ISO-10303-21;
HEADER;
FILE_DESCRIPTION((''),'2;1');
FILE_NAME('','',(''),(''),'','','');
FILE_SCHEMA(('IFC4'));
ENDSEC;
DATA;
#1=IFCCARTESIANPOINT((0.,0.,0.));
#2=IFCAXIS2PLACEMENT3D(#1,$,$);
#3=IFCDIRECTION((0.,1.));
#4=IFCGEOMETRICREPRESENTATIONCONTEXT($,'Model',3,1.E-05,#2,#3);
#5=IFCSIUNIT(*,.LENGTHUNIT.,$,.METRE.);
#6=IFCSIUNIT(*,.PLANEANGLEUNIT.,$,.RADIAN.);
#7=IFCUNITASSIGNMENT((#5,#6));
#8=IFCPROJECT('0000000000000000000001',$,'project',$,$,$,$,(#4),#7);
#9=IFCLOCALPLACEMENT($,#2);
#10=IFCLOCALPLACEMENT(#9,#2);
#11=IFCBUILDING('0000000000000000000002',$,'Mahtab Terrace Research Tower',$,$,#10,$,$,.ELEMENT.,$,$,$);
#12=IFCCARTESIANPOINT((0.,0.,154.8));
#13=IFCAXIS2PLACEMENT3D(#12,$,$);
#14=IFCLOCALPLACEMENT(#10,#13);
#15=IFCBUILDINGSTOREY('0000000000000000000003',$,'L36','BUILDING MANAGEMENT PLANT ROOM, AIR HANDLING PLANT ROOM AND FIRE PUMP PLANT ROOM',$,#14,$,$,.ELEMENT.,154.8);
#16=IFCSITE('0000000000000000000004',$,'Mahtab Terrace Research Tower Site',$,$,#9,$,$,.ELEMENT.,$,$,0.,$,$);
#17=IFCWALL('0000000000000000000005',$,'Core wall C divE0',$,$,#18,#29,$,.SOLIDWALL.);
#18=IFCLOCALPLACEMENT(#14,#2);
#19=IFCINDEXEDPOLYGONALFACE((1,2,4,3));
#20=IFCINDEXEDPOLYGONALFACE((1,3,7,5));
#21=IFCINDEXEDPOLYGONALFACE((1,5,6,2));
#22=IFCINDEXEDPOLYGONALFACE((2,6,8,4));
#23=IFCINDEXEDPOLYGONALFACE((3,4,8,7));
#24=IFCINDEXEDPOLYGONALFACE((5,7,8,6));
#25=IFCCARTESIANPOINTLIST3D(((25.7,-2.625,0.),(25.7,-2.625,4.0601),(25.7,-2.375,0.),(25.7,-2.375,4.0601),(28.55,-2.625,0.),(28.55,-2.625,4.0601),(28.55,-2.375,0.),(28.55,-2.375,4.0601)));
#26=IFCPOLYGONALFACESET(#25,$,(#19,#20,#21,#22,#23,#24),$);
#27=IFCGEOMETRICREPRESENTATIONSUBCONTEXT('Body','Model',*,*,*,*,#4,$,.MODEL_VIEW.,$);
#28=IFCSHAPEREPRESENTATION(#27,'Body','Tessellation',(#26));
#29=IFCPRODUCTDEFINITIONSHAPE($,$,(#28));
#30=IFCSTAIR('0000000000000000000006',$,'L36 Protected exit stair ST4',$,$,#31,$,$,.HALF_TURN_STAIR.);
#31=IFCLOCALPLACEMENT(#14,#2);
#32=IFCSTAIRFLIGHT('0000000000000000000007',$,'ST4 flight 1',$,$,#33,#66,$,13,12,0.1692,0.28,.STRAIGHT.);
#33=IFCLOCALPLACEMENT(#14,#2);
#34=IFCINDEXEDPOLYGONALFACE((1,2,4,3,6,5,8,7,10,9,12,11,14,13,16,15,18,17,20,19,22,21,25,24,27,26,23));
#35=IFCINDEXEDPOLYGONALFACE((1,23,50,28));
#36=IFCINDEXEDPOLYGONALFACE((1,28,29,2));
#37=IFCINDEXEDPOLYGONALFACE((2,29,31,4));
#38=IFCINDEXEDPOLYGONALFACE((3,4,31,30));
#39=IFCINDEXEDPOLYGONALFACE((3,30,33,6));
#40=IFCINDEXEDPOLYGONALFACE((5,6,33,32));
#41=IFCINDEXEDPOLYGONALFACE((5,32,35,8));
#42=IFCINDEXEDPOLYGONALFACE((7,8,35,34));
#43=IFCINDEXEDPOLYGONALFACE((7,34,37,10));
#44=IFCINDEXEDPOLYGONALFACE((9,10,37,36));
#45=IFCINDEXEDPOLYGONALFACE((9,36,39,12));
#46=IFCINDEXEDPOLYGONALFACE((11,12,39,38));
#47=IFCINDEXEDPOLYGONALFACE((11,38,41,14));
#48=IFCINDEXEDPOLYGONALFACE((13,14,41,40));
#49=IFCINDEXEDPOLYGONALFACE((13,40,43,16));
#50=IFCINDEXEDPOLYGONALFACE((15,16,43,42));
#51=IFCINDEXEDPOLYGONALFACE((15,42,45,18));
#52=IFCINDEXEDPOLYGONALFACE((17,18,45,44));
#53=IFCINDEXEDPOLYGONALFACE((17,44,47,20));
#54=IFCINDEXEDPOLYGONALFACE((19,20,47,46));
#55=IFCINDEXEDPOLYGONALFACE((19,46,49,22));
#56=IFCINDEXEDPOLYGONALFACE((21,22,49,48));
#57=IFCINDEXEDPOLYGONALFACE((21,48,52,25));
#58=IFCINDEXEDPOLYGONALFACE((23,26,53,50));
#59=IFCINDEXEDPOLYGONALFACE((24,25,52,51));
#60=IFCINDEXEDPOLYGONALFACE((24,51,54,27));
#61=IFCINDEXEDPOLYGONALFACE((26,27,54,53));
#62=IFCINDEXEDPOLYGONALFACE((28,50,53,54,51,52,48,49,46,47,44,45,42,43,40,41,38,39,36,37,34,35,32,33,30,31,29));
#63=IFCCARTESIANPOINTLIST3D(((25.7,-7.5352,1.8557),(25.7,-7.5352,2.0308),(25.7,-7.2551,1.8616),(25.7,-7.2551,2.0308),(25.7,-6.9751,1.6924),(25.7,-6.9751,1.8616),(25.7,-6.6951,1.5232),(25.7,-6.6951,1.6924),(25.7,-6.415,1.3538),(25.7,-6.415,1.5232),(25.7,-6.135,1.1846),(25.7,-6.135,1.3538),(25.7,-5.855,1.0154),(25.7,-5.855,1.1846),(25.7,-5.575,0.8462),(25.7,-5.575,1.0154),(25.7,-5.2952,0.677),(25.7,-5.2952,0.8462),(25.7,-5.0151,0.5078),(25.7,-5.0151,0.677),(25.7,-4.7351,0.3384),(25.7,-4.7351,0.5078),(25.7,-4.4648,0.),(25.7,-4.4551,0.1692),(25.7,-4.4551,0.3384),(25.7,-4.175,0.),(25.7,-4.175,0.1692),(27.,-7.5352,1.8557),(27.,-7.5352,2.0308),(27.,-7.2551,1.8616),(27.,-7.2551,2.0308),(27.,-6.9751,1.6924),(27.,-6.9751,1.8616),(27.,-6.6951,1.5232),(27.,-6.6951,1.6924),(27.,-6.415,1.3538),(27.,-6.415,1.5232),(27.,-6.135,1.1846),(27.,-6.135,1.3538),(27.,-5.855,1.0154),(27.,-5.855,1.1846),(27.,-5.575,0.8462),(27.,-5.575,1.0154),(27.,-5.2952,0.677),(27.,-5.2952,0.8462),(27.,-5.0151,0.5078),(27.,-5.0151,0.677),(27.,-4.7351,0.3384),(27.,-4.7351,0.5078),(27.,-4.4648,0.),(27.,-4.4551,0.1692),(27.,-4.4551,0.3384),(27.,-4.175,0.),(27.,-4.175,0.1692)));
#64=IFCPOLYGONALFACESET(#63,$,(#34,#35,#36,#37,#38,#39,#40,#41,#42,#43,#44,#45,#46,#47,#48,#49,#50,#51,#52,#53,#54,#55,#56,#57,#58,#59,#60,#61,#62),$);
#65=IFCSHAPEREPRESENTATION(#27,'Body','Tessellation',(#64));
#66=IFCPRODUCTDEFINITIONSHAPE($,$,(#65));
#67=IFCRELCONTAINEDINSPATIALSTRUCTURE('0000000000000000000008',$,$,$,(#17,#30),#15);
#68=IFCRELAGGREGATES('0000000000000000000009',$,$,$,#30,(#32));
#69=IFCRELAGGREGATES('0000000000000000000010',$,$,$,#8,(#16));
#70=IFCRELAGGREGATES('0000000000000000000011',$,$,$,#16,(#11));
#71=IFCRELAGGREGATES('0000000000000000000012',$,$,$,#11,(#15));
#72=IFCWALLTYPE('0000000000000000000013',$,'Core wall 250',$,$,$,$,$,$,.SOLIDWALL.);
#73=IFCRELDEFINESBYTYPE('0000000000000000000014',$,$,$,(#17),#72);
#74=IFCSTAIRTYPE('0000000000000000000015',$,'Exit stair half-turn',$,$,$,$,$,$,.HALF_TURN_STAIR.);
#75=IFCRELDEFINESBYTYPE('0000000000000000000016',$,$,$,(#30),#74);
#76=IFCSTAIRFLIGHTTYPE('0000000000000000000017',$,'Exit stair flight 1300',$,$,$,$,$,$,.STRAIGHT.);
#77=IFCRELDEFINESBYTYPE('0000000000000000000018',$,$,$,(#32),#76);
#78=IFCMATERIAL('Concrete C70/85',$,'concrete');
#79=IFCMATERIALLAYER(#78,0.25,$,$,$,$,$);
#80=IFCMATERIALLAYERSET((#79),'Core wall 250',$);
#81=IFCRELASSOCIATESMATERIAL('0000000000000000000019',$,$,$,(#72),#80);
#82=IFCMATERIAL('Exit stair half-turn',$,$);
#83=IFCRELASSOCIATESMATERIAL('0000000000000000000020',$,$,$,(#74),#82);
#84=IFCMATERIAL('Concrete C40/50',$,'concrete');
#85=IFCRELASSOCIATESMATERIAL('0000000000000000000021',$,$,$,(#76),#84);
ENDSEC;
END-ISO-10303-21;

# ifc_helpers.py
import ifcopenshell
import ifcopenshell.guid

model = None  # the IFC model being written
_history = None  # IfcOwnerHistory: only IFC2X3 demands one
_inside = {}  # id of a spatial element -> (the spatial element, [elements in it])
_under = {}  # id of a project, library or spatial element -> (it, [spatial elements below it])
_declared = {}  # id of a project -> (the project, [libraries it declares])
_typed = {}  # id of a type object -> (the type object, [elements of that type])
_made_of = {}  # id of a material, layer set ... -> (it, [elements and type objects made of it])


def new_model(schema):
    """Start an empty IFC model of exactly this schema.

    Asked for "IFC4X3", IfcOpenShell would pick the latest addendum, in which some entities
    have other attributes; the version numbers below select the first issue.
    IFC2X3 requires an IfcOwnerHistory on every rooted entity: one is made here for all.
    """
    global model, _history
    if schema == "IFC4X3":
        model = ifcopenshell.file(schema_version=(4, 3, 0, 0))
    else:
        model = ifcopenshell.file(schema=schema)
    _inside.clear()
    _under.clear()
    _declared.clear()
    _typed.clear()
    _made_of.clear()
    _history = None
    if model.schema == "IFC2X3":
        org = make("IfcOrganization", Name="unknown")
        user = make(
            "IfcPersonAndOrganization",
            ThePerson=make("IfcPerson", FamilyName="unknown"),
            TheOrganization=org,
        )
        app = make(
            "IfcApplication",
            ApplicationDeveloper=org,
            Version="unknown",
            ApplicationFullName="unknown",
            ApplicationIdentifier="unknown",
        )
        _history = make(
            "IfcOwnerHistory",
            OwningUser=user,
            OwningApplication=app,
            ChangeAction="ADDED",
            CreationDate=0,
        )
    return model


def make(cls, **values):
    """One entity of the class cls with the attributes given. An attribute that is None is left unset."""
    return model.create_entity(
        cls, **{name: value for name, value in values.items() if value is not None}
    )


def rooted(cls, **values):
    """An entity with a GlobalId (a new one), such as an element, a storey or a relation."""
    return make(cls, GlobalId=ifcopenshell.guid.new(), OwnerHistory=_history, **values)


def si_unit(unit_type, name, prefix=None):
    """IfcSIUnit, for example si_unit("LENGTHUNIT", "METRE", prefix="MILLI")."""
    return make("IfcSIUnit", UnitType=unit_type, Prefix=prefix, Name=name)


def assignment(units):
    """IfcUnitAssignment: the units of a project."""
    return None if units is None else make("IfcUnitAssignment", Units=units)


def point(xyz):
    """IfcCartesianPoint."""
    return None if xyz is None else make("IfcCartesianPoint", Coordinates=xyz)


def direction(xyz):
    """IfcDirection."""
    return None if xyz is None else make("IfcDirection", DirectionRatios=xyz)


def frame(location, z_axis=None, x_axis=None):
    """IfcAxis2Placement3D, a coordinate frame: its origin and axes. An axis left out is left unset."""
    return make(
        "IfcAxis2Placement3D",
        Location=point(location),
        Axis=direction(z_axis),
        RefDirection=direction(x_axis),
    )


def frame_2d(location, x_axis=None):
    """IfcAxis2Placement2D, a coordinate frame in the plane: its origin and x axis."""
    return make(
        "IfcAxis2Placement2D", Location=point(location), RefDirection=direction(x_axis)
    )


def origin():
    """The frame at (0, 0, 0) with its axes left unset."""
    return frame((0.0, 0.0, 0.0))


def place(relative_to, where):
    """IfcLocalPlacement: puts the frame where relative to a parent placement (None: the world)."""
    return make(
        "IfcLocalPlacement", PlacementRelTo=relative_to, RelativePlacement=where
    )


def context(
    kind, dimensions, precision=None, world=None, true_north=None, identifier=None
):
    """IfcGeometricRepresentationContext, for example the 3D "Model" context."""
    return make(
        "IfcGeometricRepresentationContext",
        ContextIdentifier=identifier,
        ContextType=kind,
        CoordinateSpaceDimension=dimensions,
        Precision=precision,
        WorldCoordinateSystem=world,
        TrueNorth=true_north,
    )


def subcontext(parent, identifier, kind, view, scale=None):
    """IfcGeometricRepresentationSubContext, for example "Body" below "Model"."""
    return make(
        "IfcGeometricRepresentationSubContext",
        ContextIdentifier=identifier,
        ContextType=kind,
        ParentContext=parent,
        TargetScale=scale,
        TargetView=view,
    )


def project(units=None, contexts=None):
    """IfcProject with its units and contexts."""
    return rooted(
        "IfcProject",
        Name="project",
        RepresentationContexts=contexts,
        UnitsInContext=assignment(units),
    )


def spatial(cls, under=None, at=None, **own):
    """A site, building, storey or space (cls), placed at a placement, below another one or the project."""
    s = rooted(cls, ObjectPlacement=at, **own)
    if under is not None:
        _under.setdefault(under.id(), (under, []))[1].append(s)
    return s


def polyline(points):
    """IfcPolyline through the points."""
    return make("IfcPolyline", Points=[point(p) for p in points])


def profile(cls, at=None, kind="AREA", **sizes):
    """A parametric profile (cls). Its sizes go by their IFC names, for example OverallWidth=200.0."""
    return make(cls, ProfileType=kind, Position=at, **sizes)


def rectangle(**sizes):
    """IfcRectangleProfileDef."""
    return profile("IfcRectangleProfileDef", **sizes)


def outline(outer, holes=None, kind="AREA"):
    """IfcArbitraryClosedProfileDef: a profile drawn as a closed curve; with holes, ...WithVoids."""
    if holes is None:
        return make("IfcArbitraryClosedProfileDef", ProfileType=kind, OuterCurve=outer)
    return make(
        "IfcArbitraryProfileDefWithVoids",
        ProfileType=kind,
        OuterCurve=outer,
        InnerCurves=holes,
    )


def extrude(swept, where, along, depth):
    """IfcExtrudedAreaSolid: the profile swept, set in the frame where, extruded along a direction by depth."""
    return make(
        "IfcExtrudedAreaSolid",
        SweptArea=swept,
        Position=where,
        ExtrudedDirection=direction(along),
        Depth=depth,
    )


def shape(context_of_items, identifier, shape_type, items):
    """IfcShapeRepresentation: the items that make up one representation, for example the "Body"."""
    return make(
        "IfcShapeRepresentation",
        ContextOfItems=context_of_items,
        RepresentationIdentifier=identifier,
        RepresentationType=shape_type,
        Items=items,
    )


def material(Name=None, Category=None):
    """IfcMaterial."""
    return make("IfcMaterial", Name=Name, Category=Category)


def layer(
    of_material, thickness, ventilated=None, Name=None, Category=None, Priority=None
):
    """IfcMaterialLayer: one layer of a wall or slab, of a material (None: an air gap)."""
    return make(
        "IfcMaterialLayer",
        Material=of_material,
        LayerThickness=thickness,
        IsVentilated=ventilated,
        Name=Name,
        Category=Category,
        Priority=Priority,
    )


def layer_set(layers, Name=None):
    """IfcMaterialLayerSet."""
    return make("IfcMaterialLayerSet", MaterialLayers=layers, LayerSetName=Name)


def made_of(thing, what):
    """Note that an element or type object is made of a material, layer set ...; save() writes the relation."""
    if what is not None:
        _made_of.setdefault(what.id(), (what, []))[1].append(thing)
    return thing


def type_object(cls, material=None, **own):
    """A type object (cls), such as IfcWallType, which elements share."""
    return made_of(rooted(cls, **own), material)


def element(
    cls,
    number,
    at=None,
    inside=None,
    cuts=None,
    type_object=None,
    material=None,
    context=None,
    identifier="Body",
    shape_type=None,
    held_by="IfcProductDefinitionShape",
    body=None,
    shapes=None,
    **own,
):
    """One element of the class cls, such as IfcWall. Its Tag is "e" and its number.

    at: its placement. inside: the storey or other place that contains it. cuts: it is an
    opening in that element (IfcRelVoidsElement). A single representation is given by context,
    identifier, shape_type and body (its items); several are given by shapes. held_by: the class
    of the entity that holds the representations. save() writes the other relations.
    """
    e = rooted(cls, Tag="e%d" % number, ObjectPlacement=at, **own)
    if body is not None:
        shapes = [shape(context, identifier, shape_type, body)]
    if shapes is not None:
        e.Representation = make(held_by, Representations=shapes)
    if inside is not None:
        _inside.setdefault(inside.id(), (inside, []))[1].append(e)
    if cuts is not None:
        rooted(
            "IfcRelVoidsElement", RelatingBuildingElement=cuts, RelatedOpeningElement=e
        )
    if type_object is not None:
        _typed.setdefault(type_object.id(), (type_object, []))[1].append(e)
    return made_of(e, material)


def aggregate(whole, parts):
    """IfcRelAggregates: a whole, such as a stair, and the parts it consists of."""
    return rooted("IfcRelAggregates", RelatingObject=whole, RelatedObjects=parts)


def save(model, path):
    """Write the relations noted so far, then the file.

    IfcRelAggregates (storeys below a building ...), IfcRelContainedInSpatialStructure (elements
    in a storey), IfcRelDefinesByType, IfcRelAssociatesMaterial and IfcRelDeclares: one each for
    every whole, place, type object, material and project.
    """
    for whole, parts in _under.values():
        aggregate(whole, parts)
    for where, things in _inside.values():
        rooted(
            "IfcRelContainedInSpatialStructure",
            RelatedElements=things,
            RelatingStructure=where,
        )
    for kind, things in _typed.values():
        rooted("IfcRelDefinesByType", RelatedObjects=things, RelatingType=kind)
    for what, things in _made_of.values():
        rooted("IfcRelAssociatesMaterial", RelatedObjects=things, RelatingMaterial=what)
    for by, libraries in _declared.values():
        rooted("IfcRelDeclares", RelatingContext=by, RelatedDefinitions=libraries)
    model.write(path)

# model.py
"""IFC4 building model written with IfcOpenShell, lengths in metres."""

from ifc_helpers import new_model, si_unit, direction, frame, frame_2d, origin, place, context, subcontext, project, spatial, polyline, rectangle, outline, extrude, material, layer, layer_set, type_object, element, aggregate, save


model = new_model("IFC4")

# Units and contexts
model_context = context("Model", 3, precision=1e-05, world=origin(), true_north=direction((0.0, 1.0)))
body_context = subcontext(model_context, "Body", "Model", "MODEL_VIEW")
ifc_project = project(units=[si_unit("LENGTHUNIT", "METRE"), si_unit("PLANEANGLEUNIT", "RADIAN")], contexts=[model_context])

# Site, building, storey
site_placement = place(None, origin())
site = spatial("IfcSite", under=ifc_project, at=site_placement, Name="Mahtab Terrace Research Tower Site", CompositionType="ELEMENT", RefElevation=0.0)
building_placement = place(site_placement, origin())
building = spatial("IfcBuilding", under=site, at=building_placement, Name="Mahtab Terrace Research Tower", CompositionType="ELEMENT")
storey_placement = place(building_placement, frame((0.0, 0.0, 154.8)))
storey = spatial("IfcBuildingStorey", under=building, at=storey_placement, Name="L36", Description="BUILDING MANAGEMENT PLANT ROOM, AIR HANDLING PLANT ROOM AND FIRE PUMP PLANT ROOM", CompositionType="ELEMENT", Elevation=154.8)

# Shared definitions
ifc_material_1 = material(Name="Concrete C70/85", Category="concrete")

# Wall
ifc_layer_1 = layer(ifc_material_1, 0.25)
ifc_layer_set_1 = layer_set([ifc_layer_1], Name="Core wall 250")
wall_type_1 = type_object("IfcWallType", Name="Core wall 250", PredefinedType="SOLIDWALL", material=ifc_layer_set_1)
for number, where, z_axis, x_axis, name in (
    (1, (25.7, -2.5, 0.0), (0.0, 0.0, 1.0), (1.0, 0.0, 0.0), "Core wall C divE0"),
):
    element("IfcWall", number, at=place(storey_placement, frame(where, z_axis=z_axis, x_axis=x_axis)), inside=storey, type_object=wall_type_1, Name=name, PredefinedType="SOLIDWALL", context=body_context, shape_type="SweptSolid", body=[
        extrude(rectangle(XDim=2.8501, YDim=0.25, at=frame_2d((1.425, 0.0))), origin(), (0.0, 0.0, 1.0), 4.0601),
    ])

# Stair, stair flight
ifc_material_2 = material(Name="Exit stair half-turn")
stair_type = type_object("IfcStairType", Name="Exit stair half-turn", PredefinedType="HALF_TURN_STAIR", material=ifc_material_2)
stair_placement = place(storey_placement, origin())
stair = element("IfcStair", 2, at=stair_placement, inside=storey, type_object=stair_type, Name="L36 Protected exit stair ST4", PredefinedType="HALF_TURN_STAIR")
ifc_material_3 = material(Name="Concrete C40/50", Category="concrete")
stair_flight_type = type_object("IfcStairFlightType", Name="Exit stair flight 1300", PredefinedType="STRAIGHT", material=ifc_material_3)
stair_flight_placement = place(storey_placement, frame((26.3501, -4.175, 0.0), z_axis=(0.0, 0.0, 1.0), x_axis=(0.0, -1.0, 0.0)))
stair_flight = element("IfcStairFlight", 3, at=stair_flight_placement, type_object=stair_flight_type, Name="ST4 flight 1", NumberOfRisers=13, NumberOfTreads=12, PredefinedType="STRAIGHT", RiserHeight=0.1692, TreadLength=0.28, context=body_context, shape_type="SweptSolid", body=[
    extrude(outline(polyline([(0.0, 0.0), (0.0, 0.1692), (0.28, 0.1692), (0.28, 0.3384), (0.5601, 0.3384), (0.5601, 0.5078), (0.8401, 0.5078), (0.8401, 0.677), (1.1201, 0.677), (1.1201, 0.8462), (1.3999, 0.8462), (1.3999, 1.0154), (1.6799, 1.0154), (1.6799, 1.1846), (1.96, 1.1846), (1.96, 1.3538), (2.24, 1.3538), (2.24, 1.5232), (2.52, 1.5232), (2.52, 1.6924), (2.8, 1.6924), (2.8, 1.8616), (3.0801, 1.8616), (3.0801, 2.0308), (3.3601, 2.0308), (3.3601, 2.2), (3.3601, 1.8557), (0.2898, 0.0), (0.0, 0.0)])), frame((0.0, 0.6499, 0.0), z_axis=(0.0, -1.0, 0.0), x_axis=(1.0, 0.0, 0.0)), (0.0, 0.0, 1.0), 1.3),
])
aggregate(stair, [stair_flight])

save(model, "model.ifc")
